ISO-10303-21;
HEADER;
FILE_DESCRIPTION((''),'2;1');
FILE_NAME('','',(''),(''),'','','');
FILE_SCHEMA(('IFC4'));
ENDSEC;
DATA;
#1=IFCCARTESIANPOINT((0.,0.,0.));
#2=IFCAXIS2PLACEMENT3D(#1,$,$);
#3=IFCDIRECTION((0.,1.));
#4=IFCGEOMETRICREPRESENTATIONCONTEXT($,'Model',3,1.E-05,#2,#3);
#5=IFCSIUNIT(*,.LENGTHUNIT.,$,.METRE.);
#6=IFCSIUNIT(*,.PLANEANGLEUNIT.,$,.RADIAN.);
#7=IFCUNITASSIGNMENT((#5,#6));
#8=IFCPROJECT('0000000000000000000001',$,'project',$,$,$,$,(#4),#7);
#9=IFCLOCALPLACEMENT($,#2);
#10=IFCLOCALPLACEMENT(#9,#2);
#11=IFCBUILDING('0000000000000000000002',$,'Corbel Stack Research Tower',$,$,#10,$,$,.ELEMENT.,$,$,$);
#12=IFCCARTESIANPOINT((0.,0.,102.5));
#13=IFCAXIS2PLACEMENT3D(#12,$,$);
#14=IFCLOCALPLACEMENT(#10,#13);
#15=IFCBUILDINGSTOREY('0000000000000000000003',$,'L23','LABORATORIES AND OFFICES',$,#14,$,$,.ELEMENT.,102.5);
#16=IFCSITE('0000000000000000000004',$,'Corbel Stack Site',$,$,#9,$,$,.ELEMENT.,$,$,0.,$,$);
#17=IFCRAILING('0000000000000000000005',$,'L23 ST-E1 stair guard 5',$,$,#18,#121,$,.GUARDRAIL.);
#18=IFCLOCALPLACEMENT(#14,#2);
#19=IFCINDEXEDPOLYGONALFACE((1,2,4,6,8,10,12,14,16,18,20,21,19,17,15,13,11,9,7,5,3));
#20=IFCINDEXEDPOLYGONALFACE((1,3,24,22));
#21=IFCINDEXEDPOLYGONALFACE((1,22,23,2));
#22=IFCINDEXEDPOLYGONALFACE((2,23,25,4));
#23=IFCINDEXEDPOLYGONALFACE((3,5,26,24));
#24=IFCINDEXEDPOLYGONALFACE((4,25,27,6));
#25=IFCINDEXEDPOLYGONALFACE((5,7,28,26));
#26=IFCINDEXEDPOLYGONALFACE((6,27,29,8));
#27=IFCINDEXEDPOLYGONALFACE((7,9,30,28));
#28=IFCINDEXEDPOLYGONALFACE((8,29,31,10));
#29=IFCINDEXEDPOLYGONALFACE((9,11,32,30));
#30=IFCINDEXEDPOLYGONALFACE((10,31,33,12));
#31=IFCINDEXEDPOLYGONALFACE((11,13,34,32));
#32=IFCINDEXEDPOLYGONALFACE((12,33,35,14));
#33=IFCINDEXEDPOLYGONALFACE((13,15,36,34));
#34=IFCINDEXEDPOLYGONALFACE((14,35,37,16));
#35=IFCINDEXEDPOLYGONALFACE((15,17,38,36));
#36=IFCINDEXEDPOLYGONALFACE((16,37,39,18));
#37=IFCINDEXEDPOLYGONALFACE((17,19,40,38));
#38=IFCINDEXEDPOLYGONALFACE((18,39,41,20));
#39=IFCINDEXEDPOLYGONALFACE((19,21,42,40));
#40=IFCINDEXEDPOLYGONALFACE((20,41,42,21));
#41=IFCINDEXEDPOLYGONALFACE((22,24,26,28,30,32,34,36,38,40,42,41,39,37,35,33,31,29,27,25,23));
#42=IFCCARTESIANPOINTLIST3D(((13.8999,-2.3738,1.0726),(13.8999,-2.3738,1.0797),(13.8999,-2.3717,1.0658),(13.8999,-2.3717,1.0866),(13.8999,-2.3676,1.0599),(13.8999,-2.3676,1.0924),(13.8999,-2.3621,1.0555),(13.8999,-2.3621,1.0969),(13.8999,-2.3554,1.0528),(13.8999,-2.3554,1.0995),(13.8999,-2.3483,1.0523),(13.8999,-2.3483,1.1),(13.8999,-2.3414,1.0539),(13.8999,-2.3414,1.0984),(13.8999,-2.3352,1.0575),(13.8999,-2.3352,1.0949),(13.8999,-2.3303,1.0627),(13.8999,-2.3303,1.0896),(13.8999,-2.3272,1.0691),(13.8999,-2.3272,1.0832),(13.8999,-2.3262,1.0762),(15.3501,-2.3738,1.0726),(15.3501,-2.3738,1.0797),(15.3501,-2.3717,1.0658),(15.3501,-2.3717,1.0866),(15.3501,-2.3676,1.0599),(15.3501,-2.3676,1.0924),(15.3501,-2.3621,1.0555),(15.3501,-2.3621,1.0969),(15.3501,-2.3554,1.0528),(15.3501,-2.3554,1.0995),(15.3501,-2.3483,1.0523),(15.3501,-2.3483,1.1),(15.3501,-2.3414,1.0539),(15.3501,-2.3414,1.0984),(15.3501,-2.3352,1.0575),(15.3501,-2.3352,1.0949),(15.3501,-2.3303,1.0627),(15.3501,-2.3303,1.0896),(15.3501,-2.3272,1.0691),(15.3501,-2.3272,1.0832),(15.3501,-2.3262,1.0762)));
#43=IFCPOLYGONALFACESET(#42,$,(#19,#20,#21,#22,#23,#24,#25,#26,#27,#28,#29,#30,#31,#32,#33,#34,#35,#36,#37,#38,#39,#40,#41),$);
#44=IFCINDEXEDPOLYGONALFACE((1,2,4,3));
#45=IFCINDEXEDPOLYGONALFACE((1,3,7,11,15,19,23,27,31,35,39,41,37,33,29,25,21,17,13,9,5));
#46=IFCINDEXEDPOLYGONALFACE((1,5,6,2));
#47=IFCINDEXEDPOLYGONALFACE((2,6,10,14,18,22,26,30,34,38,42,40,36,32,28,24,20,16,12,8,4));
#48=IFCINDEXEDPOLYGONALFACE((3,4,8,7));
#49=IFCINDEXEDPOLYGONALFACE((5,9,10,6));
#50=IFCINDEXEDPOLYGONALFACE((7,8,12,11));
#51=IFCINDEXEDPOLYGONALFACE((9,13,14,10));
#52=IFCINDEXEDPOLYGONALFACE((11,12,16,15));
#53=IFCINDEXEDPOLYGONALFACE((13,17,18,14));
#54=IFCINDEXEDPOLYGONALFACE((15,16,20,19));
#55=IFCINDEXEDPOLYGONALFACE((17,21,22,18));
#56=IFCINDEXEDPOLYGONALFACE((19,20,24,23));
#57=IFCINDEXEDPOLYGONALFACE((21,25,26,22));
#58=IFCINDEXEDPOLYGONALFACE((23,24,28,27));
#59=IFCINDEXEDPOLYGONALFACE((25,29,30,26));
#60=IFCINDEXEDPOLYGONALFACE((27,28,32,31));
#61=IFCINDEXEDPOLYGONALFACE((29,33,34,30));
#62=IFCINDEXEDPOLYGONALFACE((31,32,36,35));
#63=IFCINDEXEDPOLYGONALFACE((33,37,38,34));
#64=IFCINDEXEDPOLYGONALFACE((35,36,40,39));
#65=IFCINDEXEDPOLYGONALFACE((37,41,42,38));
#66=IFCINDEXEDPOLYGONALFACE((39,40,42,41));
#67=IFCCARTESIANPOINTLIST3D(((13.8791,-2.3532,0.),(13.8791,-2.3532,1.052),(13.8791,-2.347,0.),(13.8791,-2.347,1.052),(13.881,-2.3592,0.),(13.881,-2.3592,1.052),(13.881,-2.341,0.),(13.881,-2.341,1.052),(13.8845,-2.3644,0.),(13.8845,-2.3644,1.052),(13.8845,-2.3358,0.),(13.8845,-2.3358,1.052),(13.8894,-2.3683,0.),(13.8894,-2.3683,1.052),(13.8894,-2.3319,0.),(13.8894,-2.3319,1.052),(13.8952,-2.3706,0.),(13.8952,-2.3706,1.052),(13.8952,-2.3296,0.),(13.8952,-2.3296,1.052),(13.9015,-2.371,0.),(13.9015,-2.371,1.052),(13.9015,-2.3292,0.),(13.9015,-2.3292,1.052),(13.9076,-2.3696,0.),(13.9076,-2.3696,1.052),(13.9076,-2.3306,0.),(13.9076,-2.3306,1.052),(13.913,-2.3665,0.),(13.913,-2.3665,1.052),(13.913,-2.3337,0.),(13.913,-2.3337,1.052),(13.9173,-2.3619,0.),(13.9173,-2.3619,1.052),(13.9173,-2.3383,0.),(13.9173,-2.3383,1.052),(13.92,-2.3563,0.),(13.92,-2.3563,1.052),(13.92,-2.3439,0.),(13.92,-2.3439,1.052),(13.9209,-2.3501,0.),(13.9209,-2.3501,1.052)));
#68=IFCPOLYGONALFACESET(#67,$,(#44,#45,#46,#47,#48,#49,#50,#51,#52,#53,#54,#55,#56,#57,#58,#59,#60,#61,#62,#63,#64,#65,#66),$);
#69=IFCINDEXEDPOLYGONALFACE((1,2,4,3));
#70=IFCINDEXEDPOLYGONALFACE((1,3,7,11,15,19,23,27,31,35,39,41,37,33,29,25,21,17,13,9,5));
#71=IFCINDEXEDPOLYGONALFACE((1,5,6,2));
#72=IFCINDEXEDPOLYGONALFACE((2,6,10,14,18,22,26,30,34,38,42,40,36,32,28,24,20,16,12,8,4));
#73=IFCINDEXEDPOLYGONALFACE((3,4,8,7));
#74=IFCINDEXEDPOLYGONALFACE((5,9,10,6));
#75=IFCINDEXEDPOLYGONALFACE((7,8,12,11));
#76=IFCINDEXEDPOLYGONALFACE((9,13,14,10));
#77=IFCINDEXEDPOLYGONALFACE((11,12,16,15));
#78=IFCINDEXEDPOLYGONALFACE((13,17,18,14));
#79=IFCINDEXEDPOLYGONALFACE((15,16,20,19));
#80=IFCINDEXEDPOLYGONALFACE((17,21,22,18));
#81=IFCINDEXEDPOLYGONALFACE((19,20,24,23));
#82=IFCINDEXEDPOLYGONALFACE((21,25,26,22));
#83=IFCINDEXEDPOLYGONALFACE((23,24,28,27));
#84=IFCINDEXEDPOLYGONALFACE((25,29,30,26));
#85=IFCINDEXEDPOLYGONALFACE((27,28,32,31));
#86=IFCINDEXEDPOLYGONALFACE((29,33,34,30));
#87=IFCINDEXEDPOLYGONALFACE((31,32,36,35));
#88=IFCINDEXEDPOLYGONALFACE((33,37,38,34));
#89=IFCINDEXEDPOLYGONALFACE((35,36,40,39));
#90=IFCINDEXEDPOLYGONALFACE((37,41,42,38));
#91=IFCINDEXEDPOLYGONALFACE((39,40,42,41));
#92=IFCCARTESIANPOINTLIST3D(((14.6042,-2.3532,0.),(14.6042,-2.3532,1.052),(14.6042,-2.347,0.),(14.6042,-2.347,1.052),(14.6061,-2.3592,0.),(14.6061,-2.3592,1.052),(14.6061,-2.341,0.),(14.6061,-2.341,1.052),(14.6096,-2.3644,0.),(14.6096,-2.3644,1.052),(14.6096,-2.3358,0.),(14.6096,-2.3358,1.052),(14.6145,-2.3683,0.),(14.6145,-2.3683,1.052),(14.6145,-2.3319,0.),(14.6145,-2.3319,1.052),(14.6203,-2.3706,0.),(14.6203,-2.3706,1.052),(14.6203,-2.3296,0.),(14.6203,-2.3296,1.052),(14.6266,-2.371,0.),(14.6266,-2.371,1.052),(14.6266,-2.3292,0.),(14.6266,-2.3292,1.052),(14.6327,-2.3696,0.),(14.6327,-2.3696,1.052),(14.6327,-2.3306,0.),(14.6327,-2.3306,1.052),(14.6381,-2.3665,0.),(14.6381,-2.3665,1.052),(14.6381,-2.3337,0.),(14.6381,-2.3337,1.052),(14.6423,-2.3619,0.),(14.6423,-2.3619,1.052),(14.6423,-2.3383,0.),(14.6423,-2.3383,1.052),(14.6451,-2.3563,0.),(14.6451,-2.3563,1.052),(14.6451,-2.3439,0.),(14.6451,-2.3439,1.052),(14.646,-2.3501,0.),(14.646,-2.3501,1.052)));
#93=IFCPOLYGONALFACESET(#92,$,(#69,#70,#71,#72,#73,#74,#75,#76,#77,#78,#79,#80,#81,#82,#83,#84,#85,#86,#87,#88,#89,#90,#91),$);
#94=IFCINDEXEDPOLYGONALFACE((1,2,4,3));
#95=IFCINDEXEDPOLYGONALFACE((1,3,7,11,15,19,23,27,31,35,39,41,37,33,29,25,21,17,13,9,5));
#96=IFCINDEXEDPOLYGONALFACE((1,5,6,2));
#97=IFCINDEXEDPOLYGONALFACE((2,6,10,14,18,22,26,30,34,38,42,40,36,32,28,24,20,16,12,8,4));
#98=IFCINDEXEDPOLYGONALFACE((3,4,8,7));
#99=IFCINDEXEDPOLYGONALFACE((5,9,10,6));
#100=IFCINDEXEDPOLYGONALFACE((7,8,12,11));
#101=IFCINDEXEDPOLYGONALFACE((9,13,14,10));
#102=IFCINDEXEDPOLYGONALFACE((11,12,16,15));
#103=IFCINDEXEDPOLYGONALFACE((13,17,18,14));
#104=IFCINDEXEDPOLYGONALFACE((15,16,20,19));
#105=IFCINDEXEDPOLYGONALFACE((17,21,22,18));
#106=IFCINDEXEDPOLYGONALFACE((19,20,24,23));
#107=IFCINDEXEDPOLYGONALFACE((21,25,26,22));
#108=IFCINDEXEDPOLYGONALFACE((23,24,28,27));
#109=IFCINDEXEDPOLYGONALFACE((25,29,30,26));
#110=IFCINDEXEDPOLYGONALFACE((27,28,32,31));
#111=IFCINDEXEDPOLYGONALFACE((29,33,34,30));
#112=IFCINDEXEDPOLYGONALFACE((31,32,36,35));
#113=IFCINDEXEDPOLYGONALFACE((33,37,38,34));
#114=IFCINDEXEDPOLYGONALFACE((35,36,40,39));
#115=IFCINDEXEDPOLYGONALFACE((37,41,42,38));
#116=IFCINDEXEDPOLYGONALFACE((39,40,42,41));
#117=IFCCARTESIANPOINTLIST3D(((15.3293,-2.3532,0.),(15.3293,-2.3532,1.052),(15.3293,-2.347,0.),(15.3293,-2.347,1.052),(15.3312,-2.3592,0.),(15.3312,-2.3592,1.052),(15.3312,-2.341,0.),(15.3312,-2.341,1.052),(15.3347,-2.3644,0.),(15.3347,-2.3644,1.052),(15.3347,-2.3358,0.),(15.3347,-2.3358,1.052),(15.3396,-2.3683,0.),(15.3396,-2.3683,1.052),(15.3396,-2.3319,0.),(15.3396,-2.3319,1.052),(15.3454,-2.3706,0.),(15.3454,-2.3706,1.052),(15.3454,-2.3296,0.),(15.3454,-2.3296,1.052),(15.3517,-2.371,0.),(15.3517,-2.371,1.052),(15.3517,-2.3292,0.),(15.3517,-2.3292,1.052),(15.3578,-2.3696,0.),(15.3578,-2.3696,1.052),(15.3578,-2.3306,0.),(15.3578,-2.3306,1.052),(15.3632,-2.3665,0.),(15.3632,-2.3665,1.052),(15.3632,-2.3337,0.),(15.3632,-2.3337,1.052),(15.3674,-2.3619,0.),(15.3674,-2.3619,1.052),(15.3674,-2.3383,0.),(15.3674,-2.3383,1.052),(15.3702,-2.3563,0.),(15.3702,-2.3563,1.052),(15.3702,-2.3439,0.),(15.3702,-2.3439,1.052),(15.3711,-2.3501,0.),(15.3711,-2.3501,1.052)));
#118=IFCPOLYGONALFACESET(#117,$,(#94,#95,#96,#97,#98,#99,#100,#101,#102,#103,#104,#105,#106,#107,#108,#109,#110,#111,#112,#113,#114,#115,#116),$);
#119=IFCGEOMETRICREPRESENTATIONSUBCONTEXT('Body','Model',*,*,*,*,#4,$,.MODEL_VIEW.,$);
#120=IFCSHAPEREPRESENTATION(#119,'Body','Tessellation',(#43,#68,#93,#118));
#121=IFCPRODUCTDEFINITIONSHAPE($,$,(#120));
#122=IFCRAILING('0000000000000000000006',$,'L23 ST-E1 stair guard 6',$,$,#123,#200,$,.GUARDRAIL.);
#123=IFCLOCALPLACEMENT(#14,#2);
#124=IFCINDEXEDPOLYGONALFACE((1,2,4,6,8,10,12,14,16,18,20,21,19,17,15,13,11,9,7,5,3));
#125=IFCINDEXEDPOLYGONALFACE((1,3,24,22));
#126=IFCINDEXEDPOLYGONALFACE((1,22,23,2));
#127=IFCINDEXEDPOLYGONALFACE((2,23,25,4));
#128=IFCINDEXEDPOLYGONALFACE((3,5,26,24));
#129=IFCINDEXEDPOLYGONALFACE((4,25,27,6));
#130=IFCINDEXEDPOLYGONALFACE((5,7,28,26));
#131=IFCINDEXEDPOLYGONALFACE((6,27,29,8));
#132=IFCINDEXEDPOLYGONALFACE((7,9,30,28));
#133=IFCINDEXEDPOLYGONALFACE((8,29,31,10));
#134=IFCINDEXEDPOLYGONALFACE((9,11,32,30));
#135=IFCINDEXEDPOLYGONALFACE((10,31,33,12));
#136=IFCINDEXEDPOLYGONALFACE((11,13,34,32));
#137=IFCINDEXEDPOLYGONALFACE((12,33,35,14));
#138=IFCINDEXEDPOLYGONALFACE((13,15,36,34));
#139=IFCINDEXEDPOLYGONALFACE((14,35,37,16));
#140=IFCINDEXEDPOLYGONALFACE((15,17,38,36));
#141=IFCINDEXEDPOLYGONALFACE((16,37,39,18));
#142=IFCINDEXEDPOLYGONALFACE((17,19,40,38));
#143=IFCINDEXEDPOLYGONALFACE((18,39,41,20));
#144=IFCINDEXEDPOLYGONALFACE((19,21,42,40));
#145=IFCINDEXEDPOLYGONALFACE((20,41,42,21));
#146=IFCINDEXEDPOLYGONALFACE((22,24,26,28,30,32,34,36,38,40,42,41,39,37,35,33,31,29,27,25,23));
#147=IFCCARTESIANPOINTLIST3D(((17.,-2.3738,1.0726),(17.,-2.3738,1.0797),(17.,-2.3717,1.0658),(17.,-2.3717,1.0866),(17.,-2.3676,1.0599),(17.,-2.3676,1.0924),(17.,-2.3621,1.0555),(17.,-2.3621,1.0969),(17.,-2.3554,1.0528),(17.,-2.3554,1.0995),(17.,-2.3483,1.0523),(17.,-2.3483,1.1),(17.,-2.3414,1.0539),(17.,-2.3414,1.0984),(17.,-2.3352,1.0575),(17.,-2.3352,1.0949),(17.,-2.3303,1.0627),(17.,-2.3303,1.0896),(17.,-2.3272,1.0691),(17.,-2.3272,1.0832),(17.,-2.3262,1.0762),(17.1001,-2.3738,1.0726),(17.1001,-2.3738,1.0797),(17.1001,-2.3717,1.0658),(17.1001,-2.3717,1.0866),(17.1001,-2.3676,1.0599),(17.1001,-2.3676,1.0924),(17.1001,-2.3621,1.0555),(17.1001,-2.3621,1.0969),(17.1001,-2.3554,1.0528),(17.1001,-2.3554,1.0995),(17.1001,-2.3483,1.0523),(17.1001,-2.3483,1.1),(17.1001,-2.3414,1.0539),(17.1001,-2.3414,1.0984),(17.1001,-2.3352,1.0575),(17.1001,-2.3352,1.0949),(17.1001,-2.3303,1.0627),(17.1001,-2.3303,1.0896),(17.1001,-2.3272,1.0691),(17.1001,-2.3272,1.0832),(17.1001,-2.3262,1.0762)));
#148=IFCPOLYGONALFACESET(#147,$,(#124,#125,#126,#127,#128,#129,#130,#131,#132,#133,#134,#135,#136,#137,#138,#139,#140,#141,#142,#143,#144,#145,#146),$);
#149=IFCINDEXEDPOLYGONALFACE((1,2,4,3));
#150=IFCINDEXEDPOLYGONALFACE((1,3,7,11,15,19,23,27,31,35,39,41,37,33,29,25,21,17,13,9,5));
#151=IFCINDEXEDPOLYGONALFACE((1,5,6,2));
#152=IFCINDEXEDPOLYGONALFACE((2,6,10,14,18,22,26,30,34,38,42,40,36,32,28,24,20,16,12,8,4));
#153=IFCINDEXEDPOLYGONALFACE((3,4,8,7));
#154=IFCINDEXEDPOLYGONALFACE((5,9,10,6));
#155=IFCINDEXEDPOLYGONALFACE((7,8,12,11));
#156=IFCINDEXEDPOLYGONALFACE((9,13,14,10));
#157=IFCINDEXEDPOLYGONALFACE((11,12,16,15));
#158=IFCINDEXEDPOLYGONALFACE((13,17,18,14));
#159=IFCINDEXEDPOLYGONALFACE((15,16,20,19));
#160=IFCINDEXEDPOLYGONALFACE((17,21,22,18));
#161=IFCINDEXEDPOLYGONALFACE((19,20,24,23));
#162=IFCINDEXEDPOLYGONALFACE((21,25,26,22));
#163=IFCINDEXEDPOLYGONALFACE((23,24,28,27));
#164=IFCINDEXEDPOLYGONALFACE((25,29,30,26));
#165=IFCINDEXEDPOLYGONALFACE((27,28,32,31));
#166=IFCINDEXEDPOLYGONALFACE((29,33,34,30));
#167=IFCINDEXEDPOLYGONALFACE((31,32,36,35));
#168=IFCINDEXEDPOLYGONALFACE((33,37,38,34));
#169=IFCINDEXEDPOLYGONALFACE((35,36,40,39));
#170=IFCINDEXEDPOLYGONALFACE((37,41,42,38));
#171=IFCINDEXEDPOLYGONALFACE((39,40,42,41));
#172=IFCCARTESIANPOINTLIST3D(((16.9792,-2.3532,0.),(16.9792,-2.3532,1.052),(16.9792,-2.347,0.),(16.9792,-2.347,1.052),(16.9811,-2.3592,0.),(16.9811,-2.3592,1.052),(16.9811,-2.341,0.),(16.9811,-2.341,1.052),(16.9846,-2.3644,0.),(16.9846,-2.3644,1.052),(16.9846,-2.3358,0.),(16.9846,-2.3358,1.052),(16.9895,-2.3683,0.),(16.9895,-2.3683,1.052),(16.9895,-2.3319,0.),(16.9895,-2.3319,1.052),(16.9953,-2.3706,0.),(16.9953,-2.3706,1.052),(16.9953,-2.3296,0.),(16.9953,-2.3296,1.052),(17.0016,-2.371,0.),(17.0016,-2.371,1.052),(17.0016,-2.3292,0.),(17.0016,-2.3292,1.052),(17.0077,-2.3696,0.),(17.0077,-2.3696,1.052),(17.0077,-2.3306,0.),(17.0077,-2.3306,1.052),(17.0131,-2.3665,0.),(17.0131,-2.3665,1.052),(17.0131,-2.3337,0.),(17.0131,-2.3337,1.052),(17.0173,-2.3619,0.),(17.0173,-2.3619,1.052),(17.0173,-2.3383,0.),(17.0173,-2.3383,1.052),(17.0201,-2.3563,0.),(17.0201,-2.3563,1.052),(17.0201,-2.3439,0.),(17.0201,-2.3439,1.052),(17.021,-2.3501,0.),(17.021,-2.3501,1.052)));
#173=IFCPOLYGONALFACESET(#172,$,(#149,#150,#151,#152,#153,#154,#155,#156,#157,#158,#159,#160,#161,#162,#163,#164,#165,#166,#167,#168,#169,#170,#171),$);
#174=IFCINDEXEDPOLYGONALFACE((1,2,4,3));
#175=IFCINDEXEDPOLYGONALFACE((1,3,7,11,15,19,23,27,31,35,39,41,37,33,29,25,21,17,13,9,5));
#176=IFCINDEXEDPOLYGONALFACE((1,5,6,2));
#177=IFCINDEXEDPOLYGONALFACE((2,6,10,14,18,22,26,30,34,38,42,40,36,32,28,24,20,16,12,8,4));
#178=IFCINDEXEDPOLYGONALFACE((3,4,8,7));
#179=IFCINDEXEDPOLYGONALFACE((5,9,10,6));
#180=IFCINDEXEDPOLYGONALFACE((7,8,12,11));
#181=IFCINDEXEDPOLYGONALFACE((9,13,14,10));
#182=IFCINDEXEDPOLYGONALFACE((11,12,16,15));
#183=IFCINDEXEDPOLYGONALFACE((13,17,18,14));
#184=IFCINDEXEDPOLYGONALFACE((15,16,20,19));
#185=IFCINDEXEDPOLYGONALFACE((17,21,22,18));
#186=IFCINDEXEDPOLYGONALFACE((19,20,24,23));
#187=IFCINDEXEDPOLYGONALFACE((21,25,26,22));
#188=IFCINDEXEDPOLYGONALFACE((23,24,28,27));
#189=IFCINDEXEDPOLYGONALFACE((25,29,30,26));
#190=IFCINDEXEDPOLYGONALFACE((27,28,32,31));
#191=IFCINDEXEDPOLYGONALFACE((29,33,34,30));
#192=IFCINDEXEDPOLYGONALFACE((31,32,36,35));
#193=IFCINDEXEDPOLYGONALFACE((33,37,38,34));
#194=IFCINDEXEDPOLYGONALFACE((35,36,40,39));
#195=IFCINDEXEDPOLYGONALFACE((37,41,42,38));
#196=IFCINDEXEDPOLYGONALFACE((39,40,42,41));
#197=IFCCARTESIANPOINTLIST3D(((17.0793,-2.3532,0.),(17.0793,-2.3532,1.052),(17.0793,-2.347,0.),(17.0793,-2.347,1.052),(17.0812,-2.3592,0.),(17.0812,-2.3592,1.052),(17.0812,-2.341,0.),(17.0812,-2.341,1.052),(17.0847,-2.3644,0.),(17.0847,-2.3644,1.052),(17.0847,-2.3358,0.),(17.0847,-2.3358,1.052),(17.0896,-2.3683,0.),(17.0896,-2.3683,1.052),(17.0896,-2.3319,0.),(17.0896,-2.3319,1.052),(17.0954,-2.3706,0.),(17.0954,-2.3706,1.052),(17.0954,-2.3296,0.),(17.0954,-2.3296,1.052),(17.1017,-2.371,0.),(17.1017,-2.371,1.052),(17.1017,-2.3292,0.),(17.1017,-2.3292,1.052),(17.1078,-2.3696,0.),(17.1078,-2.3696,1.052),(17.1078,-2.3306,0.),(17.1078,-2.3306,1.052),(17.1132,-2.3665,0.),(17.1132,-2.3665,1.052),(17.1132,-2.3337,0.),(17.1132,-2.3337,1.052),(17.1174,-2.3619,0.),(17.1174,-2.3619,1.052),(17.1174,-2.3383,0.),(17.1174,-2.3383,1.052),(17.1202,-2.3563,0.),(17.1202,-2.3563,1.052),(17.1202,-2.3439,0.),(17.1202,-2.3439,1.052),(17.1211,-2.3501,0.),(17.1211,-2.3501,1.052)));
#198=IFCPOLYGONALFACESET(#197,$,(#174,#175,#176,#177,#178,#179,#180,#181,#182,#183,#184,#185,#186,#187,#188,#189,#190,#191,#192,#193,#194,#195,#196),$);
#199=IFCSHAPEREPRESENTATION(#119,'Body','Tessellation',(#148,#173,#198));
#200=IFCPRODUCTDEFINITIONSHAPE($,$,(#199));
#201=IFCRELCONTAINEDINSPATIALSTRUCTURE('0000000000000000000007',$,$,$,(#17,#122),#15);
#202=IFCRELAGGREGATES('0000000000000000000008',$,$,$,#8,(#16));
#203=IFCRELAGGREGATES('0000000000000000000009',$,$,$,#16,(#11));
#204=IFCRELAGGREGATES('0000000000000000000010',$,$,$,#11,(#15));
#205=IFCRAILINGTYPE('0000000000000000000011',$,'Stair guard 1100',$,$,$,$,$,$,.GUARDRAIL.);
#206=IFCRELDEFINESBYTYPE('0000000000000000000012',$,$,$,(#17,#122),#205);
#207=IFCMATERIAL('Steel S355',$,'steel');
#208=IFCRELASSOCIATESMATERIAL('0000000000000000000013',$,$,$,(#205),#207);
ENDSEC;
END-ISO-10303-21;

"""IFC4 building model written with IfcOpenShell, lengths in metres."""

from ifc_helpers import new_model, si_unit, direction, frame, origin, origin_2d, place, context, subcontext, project, spatial, circle, extrude, material, type_object, element, save


model = new_model("IFC4")

# Units and contexts
model_context = context("Model", 3, precision=1e-05, world=origin(), true_north=direction((0.0, 1.0)))
body_context = subcontext(model_context, "Body", "Model", "MODEL_VIEW")
ifc_project = project(units=[si_unit("LENGTHUNIT", "METRE"), si_unit("PLANEANGLEUNIT", "RADIAN")], contexts=[model_context])

# Site, building, storey
site_placement = place(None, origin())
site = spatial("IfcSite", under=ifc_project, at=site_placement, Name="Corbel Stack Site", CompositionType="ELEMENT", RefElevation=0.0)
building_placement = place(site_placement, origin())
building = spatial("IfcBuilding", under=site, at=building_placement, Name="Corbel Stack Research Tower", CompositionType="ELEMENT")
storey_placement = place(building_placement, frame((0.0, 0.0, 102.5)))
storey = spatial("IfcBuildingStorey", under=building, at=storey_placement, Name="L23", Description="LABORATORIES AND OFFICES", CompositionType="ELEMENT", Elevation=102.5)

# Railings
ifc_material_1 = material(Name="Steel S355", Category="steel")
railing_type_1 = type_object("IfcRailingType", Name="Stair guard 1100", PredefinedType="GUARDRAIL", material=ifc_material_1)
railing_1_placement = place(storey_placement, frame((13.8999, -2.3501, 0.0)))
element("IfcRailing", 1, at=railing_1_placement, inside=storey, type_object=railing_type_1, Name="L23 ST-E1 stair guard 5", PredefinedType="GUARDRAIL", context=body_context, shape_type="SweptSolid", body=[
    extrude(circle(Radius=0.0239, at=origin_2d()), frame((0.0, 0.0, 1.0762), z_axis=(1.0, 0.0, 0.0), x_axis=(0.0, 1.0, 0.0)), (0.0, 0.0, 1.0), 1.4502),
    extrude(circle(Radius=0.021, at=origin_2d()), origin(), (0.0, 0.0, 1.0), 1.052),
    extrude(circle(Radius=0.021, at=origin_2d()), frame((0.7251, 0.0, 0.0)), (0.0, 0.0, 1.0), 1.052),
    extrude(circle(Radius=0.021, at=origin_2d()), frame((1.4502, 0.0, 0.0)), (0.0, 0.0, 1.0), 1.052),
])
railing_2_placement = place(storey_placement, frame((17.0, -2.3501, 0.0)))
element("IfcRailing", 2, at=railing_2_placement, inside=storey, type_object=railing_type_1, Name="L23 ST-E1 stair guard 6", PredefinedType="GUARDRAIL", context=body_context, shape_type="SweptSolid", body=[
    extrude(circle(Radius=0.0239, at=origin_2d()), frame((0.0, 0.0, 1.0762), z_axis=(1.0, 0.0, 0.0), x_axis=(0.0, 1.0, 0.0)), (0.0, 0.0, 1.0), 0.1001),
    extrude(circle(Radius=0.021, at=origin_2d()), origin(), (0.0, 0.0, 1.0), 1.052),
    extrude(circle(Radius=0.021, at=origin_2d()), frame((0.1001, 0.0, 0.0)), (0.0, 0.0, 1.0), 1.052),
])

save(model, "model.ifc")
